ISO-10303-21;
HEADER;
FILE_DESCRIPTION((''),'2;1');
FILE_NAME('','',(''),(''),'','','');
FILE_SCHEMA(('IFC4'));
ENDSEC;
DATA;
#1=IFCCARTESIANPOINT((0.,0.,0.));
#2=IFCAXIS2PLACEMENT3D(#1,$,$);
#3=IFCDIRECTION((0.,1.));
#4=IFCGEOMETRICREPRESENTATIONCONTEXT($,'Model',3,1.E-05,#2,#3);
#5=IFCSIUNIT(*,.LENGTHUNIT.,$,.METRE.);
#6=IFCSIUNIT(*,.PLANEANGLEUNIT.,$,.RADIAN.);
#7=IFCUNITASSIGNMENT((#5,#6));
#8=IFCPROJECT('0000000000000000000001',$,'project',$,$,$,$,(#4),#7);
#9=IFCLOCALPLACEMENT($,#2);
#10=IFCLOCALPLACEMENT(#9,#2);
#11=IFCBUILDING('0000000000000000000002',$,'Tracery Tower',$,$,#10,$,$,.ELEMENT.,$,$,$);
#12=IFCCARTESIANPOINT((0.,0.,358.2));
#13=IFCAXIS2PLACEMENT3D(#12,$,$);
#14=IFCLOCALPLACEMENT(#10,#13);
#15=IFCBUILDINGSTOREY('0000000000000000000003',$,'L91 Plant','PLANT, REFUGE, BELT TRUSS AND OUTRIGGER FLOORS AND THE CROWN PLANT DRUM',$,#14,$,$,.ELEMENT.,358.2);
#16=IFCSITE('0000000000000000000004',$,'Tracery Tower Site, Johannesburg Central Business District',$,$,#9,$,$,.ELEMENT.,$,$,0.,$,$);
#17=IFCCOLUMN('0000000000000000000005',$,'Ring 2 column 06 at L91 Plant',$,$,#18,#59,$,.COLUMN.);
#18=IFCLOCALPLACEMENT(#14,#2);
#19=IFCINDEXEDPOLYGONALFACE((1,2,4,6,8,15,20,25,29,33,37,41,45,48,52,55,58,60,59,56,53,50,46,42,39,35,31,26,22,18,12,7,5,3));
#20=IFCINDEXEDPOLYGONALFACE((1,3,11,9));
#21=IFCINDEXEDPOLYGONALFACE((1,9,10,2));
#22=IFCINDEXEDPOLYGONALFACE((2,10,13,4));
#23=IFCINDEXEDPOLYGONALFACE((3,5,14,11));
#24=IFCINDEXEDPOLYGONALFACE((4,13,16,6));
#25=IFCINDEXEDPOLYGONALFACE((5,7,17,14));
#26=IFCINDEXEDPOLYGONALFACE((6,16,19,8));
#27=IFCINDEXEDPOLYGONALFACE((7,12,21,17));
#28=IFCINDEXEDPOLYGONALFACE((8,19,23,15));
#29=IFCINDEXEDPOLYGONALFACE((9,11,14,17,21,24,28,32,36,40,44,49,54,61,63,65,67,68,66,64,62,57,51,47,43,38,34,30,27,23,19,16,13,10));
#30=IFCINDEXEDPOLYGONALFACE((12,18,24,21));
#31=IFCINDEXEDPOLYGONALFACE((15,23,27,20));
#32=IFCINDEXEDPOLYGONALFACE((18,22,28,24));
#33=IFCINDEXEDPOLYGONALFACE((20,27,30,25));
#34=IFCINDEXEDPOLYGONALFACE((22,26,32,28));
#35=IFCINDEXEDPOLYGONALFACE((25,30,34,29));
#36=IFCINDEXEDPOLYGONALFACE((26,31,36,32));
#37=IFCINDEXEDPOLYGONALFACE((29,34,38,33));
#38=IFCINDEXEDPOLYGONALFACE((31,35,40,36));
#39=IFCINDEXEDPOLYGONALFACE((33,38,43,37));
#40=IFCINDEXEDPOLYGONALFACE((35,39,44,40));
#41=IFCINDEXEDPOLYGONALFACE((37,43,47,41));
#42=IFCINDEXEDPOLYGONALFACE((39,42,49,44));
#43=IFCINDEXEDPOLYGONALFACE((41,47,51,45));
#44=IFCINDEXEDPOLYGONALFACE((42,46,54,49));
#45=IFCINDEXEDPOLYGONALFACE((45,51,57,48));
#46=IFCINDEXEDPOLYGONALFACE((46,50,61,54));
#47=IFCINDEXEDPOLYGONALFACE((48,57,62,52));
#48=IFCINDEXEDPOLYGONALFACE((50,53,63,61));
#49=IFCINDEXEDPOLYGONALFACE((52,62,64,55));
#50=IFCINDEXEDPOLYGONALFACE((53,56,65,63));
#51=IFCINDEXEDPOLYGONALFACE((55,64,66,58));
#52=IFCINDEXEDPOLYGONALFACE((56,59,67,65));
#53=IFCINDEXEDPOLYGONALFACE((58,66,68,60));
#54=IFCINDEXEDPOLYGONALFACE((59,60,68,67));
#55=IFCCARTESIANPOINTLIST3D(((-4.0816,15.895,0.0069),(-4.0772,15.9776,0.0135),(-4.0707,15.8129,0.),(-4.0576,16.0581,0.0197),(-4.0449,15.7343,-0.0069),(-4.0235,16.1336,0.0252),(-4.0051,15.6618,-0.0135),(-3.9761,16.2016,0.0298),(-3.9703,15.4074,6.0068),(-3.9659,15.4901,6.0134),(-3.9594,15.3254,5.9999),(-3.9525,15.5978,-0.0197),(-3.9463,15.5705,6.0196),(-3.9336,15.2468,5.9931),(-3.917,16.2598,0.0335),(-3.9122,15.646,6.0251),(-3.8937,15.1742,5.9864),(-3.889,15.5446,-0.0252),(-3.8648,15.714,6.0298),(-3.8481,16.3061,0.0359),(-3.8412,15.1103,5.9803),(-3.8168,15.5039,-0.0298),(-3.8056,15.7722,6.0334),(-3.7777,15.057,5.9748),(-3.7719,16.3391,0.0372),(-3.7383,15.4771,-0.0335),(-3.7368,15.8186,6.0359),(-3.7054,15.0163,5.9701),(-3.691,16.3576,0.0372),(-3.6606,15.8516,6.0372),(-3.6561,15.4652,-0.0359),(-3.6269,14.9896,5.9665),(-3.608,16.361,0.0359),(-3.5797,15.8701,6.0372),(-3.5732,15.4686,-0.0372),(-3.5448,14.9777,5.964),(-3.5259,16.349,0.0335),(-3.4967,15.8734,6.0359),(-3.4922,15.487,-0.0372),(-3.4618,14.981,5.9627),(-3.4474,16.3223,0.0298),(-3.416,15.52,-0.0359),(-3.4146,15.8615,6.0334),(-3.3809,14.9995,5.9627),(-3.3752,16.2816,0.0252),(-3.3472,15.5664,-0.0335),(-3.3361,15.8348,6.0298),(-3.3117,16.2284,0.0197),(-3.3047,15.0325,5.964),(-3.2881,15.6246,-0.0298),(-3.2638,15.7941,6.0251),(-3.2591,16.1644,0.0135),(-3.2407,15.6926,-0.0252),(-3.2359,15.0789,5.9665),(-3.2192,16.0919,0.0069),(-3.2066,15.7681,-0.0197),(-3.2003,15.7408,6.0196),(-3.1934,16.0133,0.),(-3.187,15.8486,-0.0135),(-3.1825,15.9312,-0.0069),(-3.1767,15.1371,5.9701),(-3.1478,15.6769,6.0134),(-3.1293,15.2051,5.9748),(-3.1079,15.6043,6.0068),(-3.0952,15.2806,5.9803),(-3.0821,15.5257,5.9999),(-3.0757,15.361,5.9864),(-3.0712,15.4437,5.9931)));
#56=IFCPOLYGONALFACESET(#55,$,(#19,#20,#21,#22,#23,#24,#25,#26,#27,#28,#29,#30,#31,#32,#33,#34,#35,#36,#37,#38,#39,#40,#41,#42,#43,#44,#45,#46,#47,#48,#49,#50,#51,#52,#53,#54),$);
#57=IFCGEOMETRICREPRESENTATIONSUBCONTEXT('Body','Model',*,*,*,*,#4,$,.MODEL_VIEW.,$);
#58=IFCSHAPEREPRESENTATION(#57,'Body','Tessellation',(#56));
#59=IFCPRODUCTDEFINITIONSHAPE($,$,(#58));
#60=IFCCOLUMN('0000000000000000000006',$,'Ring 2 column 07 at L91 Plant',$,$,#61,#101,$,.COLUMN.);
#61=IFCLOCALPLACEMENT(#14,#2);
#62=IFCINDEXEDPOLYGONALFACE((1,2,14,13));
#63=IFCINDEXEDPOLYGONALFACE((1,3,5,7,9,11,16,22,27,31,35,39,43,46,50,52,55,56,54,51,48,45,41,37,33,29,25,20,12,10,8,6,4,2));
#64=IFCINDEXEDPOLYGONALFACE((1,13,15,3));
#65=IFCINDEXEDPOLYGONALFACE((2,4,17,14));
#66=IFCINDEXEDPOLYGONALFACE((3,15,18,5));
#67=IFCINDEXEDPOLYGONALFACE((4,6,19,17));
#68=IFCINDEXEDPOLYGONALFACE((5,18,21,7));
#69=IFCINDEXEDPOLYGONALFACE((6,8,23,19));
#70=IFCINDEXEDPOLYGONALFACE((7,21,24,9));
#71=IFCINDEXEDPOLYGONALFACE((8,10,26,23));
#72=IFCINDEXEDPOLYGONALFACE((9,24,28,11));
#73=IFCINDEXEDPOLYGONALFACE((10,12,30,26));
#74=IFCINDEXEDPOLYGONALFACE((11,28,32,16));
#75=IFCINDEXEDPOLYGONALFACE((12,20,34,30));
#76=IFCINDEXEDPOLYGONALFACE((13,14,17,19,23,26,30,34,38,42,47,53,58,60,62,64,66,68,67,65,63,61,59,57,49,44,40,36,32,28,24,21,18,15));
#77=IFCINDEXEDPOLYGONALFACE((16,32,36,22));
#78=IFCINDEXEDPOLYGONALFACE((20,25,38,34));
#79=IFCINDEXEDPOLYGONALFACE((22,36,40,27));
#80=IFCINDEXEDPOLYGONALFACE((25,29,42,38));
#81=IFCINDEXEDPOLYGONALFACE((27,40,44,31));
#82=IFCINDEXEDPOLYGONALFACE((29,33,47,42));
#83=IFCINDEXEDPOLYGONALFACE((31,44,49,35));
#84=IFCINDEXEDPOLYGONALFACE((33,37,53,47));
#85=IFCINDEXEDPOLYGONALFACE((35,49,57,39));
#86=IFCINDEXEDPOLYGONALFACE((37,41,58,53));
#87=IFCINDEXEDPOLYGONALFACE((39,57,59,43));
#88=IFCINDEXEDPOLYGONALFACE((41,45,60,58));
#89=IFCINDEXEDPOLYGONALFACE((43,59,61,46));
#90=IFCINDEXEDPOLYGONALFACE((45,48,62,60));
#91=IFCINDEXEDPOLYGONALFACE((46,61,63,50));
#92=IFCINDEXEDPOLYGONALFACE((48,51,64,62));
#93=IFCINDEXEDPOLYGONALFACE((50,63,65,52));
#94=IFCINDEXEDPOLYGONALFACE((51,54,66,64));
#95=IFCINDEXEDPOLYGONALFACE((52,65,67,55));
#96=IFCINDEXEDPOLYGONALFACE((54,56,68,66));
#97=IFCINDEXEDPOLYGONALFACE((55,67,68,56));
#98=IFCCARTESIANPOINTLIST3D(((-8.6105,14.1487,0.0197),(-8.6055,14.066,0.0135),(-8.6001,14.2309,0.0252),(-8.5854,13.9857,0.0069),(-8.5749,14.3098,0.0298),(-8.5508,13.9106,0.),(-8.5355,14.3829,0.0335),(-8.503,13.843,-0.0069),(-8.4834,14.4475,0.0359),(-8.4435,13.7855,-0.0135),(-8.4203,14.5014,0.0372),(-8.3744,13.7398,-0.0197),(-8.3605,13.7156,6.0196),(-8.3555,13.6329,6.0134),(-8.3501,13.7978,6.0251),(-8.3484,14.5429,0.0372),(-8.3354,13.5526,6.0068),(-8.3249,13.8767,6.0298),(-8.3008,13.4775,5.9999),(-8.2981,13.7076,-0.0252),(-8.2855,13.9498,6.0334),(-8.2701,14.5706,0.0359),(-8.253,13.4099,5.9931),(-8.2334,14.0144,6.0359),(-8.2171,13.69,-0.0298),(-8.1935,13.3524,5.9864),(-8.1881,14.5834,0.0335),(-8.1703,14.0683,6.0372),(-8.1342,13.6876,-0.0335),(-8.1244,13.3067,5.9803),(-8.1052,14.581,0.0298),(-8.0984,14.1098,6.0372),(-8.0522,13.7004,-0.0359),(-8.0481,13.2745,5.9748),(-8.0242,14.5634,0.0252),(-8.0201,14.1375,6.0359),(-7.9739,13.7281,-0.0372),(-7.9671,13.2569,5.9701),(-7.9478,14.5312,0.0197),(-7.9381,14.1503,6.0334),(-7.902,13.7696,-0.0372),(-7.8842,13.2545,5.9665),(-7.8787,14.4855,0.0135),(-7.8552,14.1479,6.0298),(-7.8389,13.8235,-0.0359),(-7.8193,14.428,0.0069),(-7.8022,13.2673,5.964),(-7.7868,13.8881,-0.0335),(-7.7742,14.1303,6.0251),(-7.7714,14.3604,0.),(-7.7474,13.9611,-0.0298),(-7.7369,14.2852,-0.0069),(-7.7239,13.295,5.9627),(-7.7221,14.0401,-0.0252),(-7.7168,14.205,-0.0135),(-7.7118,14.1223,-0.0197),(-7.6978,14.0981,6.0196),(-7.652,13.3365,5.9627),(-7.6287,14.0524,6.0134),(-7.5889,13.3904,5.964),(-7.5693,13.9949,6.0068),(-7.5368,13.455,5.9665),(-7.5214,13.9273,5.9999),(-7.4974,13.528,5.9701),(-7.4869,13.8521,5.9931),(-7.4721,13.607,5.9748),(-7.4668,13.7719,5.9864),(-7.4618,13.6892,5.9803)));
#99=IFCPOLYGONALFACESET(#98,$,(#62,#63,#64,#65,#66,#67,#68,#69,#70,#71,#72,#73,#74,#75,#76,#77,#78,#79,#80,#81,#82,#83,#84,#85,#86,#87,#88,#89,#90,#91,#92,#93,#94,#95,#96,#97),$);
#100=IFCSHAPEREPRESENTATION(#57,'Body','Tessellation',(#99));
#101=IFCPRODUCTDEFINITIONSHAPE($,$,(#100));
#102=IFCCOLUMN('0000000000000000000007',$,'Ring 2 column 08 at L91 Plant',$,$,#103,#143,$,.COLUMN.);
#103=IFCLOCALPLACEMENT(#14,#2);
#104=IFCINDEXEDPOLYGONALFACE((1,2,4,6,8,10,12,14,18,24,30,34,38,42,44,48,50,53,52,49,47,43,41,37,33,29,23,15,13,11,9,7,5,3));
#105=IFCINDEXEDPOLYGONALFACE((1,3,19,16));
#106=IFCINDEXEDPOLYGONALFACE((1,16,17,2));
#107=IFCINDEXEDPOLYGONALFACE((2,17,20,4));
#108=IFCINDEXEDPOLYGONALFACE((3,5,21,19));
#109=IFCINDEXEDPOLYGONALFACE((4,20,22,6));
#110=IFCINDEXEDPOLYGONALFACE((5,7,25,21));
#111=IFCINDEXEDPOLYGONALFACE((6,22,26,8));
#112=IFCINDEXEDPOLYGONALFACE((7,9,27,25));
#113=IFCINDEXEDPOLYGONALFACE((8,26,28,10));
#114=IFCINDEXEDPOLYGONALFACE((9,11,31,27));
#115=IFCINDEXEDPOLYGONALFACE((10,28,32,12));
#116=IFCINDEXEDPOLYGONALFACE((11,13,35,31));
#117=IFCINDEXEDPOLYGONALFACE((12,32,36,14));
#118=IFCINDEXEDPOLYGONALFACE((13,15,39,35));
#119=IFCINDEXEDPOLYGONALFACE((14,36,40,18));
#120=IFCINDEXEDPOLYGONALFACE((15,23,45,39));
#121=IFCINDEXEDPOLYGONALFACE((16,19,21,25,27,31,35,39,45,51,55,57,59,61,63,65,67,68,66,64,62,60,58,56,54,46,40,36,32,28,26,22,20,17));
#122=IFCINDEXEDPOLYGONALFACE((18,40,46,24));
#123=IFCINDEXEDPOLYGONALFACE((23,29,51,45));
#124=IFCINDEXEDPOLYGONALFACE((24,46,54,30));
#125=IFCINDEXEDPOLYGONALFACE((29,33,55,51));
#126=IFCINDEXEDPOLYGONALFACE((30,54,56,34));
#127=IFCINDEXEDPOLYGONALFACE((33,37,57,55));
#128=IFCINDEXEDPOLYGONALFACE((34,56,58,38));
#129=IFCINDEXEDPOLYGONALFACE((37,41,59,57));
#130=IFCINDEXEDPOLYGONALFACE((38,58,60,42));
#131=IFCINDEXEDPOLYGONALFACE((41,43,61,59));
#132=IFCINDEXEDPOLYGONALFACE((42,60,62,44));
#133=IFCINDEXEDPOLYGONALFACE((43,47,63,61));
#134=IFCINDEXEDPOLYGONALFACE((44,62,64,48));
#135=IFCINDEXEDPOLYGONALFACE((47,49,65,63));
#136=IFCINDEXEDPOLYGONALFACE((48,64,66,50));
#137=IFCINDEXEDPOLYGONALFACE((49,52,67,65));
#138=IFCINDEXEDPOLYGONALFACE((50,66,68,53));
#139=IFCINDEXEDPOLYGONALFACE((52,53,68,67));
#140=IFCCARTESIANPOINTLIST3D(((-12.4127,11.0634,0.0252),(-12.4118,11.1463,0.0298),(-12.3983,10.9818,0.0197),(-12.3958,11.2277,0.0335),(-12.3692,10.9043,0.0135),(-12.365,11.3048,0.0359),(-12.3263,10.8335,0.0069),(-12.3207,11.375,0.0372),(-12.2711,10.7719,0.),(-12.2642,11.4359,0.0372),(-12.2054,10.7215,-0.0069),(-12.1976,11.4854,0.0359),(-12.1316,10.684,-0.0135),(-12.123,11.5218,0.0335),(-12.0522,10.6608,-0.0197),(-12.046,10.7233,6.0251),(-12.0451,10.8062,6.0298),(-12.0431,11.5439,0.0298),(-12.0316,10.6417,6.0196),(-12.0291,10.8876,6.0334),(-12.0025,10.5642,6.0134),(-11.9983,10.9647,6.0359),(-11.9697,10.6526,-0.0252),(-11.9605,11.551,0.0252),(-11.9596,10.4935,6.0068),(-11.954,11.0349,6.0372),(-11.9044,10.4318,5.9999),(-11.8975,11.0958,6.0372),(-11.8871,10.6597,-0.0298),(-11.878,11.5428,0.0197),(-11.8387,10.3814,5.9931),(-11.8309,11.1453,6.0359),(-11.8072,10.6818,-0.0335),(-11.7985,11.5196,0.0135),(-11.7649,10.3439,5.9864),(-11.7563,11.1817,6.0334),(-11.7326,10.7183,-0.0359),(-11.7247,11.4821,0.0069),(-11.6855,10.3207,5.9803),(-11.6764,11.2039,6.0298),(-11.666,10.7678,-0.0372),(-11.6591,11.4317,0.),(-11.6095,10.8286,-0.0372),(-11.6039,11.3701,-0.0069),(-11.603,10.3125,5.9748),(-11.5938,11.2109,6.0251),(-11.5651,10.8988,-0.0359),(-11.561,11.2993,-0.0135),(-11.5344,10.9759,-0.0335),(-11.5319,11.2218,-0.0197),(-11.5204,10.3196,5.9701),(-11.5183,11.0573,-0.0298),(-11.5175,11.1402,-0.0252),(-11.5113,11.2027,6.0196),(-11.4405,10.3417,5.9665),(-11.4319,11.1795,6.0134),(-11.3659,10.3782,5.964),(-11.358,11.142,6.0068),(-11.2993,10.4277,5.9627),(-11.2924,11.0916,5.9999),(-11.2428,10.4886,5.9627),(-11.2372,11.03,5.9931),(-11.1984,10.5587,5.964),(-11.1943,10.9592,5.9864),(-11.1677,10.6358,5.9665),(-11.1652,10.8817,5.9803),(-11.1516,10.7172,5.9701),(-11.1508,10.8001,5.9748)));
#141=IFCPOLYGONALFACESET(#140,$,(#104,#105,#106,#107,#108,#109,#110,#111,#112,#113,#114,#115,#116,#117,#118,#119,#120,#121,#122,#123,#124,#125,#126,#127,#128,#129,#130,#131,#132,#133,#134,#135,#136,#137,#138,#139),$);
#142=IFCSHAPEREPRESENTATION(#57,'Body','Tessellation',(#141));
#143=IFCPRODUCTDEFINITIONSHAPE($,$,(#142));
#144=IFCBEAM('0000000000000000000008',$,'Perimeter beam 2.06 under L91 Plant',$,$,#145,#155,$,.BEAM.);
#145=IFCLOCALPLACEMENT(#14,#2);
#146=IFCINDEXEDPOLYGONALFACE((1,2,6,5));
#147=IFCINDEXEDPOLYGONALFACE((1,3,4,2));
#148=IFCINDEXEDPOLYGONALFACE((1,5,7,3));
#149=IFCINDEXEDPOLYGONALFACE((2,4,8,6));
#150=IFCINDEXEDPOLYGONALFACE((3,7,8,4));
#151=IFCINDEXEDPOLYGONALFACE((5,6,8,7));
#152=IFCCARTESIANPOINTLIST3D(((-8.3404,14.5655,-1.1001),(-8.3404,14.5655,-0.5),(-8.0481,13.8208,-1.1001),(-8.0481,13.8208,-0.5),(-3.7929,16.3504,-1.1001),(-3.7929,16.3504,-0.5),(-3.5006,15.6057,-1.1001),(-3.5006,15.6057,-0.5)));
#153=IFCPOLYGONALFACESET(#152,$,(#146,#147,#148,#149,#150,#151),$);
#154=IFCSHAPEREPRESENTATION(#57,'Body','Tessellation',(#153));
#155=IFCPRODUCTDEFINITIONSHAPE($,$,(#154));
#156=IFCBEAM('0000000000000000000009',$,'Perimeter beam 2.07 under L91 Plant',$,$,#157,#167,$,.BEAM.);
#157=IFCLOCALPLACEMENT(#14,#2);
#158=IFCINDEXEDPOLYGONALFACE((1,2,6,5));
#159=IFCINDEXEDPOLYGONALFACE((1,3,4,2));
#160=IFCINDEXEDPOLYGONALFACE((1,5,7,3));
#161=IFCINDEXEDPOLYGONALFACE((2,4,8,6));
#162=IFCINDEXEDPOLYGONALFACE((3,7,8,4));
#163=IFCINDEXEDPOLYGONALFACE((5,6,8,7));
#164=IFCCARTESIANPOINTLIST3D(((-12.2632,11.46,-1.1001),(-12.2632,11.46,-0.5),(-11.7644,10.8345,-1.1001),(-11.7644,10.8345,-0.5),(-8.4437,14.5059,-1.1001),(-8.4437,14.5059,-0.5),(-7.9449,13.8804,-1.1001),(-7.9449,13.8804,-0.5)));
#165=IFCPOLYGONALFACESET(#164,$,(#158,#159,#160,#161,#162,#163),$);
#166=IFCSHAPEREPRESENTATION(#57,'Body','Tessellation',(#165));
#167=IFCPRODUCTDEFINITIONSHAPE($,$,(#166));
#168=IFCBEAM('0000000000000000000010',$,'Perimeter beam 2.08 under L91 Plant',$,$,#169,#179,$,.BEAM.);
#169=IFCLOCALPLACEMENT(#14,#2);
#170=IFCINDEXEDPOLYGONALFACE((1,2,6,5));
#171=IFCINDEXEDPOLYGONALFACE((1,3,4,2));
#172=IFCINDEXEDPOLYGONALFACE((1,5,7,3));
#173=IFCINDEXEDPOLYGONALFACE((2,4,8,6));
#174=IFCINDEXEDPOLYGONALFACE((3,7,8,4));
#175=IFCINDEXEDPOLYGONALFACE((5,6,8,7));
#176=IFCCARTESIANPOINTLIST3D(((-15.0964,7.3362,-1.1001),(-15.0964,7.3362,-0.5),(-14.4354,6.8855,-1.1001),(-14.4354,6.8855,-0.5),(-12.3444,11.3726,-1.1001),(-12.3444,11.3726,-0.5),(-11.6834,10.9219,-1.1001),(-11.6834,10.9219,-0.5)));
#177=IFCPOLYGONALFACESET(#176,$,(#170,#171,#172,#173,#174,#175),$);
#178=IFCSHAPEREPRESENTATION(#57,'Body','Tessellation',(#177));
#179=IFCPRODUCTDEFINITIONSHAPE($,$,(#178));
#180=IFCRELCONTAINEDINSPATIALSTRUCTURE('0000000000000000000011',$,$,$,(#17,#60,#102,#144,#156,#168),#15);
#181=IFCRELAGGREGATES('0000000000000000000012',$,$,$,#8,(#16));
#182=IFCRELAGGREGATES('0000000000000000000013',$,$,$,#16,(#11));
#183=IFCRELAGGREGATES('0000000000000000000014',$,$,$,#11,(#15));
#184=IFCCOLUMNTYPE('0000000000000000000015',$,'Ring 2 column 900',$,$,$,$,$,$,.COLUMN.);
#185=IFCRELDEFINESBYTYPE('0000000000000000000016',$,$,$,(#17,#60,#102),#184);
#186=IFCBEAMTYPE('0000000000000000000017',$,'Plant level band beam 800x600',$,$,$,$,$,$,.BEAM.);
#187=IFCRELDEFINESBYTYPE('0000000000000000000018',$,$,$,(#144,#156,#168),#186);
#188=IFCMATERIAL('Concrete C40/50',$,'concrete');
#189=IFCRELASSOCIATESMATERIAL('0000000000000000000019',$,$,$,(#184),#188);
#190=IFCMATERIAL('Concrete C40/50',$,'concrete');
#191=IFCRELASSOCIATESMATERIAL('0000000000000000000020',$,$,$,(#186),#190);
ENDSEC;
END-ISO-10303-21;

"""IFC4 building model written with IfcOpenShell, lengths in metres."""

from ifc_helpers import new_model, si_unit, direction, frame, origin, origin_2d, place, context, subcontext, project, spatial, rectangle, circle, extrude, material, material_profile, profile_set, type_object, element, save


model = new_model("IFC4")

# Units and contexts
model_context = context("Model", 3, precision=1e-05, world=origin(), true_north=direction((0.0, 1.0)))
body_context = subcontext(model_context, "Body", "Model", "MODEL_VIEW")
ifc_project = project(units=[si_unit("LENGTHUNIT", "METRE"), si_unit("PLANEANGLEUNIT", "RADIAN")], contexts=[model_context])

# Site, building, storey
site_placement = place(None, origin())
site = spatial("IfcSite", under=ifc_project, at=site_placement, Name="Tracery Tower Site, Johannesburg Central Business District", CompositionType="ELEMENT", RefElevation=0.0)
building_placement = place(site_placement, origin())
building = spatial("IfcBuilding", under=site, at=building_placement, Name="Tracery Tower", CompositionType="ELEMENT")
storey_placement = place(building_placement, frame((0.0, 0.0, 358.2)))
storey = spatial("IfcBuildingStorey", under=building, at=storey_placement, Name="L91 Plant", Description="PLANT, REFUGE, BELT TRUSS AND OUTRIGGER FLOORS AND THE CROWN PLANT DRUM", CompositionType="ELEMENT", Elevation=358.2)

# Columns
ifc_material_1 = material(Name="Concrete C40/50", Category="concrete")
ifc_material_profile_1 = material_profile(ifc_material_1, circle(Radius=0.45, at=origin_2d()), Name="RC D900")
ifc_profile_set_1 = profile_set([ifc_material_profile_1], Name="Concrete C40/50")
column_type = type_object("IfcColumnType", Name="Ring 2 column 900", PredefinedType="COLUMN", material=ifc_profile_set_1)
for number, where, z_axis, x_axis, name in (
    (1, (-3.6321, 15.9131, 0.0), (0.018491, -0.080977, 0.996544), (0.974907, 0.222613, 0.0), "Ring 2 column 06 at L91 Plant"),
    (2, (-8.1611, 14.1355, 0.0), (0.041523, -0.071935, 0.996545), (0.866072, 0.49992, 0.0), "Ring 2 column 07 at L91 Plant"),
    (3, (-11.9651, 11.1018, 0.0), (0.060905, -0.056485, 0.996544), (0.680002, 0.733211, 0.0), "Ring 2 column 08 at L91 Plant"),
):
    element("IfcColumn", number, at=place(storey_placement, frame(where, z_axis=z_axis, x_axis=x_axis)), inside=storey, type_object=column_type, Name=name, PredefinedType="COLUMN", context=body_context, shape_type="SweptSolid", body=[
        extrude(circle(Radius=0.45, at=origin_2d()), origin(), (0.0, 0.0, 1.0), 6.0208),
    ])

# Beams
ifc_material_2 = material(Name="Concrete C40/50", Category="concrete")
ifc_material_profile_2 = material_profile(ifc_material_2, rectangle(XDim=0.8, YDim=0.6001, at=origin_2d()), Name="RC 800x600")
ifc_profile_set_2 = profile_set([ifc_material_profile_2], Name="Concrete C40/50")
beam_type = type_object("IfcBeamType", Name="Plant level band beam 800x600", PredefinedType="BEAM", material=ifc_profile_set_2)
for number, where, z_axis, x_axis, name in (
    (4, (-3.6467, 15.978, -0.8), (-0.930866, -0.36536, 0.0), (0.36536, -0.930866, 0.0), "Perimeter beam 2.06 under L91 Plant"),
    (5, (-8.1943, 14.1931, -0.8), (-0.781843, -0.623475, 0.0), (0.623475, -0.781843, 0.0), "Perimeter beam 2.07 under L91 Plant"),
    (6, (-12.0139, 11.1472, -0.8), (-0.56332, -0.826239, 0.0), (0.826239, -0.56332, 0.0), "Perimeter beam 2.08 under L91 Plant"),
):
    element("IfcBeam", number, at=place(storey_placement, frame(where, z_axis=z_axis, x_axis=x_axis)), inside=storey, type_object=beam_type, Name=name, PredefinedType="BEAM", context=body_context, shape_type="SweptSolid", body=[
        extrude(rectangle(XDim=0.8, YDim=0.6001, at=origin_2d()), origin(), (0.0, 0.0, 1.0), 4.8853),
    ])

save(model, "model.ifc")
